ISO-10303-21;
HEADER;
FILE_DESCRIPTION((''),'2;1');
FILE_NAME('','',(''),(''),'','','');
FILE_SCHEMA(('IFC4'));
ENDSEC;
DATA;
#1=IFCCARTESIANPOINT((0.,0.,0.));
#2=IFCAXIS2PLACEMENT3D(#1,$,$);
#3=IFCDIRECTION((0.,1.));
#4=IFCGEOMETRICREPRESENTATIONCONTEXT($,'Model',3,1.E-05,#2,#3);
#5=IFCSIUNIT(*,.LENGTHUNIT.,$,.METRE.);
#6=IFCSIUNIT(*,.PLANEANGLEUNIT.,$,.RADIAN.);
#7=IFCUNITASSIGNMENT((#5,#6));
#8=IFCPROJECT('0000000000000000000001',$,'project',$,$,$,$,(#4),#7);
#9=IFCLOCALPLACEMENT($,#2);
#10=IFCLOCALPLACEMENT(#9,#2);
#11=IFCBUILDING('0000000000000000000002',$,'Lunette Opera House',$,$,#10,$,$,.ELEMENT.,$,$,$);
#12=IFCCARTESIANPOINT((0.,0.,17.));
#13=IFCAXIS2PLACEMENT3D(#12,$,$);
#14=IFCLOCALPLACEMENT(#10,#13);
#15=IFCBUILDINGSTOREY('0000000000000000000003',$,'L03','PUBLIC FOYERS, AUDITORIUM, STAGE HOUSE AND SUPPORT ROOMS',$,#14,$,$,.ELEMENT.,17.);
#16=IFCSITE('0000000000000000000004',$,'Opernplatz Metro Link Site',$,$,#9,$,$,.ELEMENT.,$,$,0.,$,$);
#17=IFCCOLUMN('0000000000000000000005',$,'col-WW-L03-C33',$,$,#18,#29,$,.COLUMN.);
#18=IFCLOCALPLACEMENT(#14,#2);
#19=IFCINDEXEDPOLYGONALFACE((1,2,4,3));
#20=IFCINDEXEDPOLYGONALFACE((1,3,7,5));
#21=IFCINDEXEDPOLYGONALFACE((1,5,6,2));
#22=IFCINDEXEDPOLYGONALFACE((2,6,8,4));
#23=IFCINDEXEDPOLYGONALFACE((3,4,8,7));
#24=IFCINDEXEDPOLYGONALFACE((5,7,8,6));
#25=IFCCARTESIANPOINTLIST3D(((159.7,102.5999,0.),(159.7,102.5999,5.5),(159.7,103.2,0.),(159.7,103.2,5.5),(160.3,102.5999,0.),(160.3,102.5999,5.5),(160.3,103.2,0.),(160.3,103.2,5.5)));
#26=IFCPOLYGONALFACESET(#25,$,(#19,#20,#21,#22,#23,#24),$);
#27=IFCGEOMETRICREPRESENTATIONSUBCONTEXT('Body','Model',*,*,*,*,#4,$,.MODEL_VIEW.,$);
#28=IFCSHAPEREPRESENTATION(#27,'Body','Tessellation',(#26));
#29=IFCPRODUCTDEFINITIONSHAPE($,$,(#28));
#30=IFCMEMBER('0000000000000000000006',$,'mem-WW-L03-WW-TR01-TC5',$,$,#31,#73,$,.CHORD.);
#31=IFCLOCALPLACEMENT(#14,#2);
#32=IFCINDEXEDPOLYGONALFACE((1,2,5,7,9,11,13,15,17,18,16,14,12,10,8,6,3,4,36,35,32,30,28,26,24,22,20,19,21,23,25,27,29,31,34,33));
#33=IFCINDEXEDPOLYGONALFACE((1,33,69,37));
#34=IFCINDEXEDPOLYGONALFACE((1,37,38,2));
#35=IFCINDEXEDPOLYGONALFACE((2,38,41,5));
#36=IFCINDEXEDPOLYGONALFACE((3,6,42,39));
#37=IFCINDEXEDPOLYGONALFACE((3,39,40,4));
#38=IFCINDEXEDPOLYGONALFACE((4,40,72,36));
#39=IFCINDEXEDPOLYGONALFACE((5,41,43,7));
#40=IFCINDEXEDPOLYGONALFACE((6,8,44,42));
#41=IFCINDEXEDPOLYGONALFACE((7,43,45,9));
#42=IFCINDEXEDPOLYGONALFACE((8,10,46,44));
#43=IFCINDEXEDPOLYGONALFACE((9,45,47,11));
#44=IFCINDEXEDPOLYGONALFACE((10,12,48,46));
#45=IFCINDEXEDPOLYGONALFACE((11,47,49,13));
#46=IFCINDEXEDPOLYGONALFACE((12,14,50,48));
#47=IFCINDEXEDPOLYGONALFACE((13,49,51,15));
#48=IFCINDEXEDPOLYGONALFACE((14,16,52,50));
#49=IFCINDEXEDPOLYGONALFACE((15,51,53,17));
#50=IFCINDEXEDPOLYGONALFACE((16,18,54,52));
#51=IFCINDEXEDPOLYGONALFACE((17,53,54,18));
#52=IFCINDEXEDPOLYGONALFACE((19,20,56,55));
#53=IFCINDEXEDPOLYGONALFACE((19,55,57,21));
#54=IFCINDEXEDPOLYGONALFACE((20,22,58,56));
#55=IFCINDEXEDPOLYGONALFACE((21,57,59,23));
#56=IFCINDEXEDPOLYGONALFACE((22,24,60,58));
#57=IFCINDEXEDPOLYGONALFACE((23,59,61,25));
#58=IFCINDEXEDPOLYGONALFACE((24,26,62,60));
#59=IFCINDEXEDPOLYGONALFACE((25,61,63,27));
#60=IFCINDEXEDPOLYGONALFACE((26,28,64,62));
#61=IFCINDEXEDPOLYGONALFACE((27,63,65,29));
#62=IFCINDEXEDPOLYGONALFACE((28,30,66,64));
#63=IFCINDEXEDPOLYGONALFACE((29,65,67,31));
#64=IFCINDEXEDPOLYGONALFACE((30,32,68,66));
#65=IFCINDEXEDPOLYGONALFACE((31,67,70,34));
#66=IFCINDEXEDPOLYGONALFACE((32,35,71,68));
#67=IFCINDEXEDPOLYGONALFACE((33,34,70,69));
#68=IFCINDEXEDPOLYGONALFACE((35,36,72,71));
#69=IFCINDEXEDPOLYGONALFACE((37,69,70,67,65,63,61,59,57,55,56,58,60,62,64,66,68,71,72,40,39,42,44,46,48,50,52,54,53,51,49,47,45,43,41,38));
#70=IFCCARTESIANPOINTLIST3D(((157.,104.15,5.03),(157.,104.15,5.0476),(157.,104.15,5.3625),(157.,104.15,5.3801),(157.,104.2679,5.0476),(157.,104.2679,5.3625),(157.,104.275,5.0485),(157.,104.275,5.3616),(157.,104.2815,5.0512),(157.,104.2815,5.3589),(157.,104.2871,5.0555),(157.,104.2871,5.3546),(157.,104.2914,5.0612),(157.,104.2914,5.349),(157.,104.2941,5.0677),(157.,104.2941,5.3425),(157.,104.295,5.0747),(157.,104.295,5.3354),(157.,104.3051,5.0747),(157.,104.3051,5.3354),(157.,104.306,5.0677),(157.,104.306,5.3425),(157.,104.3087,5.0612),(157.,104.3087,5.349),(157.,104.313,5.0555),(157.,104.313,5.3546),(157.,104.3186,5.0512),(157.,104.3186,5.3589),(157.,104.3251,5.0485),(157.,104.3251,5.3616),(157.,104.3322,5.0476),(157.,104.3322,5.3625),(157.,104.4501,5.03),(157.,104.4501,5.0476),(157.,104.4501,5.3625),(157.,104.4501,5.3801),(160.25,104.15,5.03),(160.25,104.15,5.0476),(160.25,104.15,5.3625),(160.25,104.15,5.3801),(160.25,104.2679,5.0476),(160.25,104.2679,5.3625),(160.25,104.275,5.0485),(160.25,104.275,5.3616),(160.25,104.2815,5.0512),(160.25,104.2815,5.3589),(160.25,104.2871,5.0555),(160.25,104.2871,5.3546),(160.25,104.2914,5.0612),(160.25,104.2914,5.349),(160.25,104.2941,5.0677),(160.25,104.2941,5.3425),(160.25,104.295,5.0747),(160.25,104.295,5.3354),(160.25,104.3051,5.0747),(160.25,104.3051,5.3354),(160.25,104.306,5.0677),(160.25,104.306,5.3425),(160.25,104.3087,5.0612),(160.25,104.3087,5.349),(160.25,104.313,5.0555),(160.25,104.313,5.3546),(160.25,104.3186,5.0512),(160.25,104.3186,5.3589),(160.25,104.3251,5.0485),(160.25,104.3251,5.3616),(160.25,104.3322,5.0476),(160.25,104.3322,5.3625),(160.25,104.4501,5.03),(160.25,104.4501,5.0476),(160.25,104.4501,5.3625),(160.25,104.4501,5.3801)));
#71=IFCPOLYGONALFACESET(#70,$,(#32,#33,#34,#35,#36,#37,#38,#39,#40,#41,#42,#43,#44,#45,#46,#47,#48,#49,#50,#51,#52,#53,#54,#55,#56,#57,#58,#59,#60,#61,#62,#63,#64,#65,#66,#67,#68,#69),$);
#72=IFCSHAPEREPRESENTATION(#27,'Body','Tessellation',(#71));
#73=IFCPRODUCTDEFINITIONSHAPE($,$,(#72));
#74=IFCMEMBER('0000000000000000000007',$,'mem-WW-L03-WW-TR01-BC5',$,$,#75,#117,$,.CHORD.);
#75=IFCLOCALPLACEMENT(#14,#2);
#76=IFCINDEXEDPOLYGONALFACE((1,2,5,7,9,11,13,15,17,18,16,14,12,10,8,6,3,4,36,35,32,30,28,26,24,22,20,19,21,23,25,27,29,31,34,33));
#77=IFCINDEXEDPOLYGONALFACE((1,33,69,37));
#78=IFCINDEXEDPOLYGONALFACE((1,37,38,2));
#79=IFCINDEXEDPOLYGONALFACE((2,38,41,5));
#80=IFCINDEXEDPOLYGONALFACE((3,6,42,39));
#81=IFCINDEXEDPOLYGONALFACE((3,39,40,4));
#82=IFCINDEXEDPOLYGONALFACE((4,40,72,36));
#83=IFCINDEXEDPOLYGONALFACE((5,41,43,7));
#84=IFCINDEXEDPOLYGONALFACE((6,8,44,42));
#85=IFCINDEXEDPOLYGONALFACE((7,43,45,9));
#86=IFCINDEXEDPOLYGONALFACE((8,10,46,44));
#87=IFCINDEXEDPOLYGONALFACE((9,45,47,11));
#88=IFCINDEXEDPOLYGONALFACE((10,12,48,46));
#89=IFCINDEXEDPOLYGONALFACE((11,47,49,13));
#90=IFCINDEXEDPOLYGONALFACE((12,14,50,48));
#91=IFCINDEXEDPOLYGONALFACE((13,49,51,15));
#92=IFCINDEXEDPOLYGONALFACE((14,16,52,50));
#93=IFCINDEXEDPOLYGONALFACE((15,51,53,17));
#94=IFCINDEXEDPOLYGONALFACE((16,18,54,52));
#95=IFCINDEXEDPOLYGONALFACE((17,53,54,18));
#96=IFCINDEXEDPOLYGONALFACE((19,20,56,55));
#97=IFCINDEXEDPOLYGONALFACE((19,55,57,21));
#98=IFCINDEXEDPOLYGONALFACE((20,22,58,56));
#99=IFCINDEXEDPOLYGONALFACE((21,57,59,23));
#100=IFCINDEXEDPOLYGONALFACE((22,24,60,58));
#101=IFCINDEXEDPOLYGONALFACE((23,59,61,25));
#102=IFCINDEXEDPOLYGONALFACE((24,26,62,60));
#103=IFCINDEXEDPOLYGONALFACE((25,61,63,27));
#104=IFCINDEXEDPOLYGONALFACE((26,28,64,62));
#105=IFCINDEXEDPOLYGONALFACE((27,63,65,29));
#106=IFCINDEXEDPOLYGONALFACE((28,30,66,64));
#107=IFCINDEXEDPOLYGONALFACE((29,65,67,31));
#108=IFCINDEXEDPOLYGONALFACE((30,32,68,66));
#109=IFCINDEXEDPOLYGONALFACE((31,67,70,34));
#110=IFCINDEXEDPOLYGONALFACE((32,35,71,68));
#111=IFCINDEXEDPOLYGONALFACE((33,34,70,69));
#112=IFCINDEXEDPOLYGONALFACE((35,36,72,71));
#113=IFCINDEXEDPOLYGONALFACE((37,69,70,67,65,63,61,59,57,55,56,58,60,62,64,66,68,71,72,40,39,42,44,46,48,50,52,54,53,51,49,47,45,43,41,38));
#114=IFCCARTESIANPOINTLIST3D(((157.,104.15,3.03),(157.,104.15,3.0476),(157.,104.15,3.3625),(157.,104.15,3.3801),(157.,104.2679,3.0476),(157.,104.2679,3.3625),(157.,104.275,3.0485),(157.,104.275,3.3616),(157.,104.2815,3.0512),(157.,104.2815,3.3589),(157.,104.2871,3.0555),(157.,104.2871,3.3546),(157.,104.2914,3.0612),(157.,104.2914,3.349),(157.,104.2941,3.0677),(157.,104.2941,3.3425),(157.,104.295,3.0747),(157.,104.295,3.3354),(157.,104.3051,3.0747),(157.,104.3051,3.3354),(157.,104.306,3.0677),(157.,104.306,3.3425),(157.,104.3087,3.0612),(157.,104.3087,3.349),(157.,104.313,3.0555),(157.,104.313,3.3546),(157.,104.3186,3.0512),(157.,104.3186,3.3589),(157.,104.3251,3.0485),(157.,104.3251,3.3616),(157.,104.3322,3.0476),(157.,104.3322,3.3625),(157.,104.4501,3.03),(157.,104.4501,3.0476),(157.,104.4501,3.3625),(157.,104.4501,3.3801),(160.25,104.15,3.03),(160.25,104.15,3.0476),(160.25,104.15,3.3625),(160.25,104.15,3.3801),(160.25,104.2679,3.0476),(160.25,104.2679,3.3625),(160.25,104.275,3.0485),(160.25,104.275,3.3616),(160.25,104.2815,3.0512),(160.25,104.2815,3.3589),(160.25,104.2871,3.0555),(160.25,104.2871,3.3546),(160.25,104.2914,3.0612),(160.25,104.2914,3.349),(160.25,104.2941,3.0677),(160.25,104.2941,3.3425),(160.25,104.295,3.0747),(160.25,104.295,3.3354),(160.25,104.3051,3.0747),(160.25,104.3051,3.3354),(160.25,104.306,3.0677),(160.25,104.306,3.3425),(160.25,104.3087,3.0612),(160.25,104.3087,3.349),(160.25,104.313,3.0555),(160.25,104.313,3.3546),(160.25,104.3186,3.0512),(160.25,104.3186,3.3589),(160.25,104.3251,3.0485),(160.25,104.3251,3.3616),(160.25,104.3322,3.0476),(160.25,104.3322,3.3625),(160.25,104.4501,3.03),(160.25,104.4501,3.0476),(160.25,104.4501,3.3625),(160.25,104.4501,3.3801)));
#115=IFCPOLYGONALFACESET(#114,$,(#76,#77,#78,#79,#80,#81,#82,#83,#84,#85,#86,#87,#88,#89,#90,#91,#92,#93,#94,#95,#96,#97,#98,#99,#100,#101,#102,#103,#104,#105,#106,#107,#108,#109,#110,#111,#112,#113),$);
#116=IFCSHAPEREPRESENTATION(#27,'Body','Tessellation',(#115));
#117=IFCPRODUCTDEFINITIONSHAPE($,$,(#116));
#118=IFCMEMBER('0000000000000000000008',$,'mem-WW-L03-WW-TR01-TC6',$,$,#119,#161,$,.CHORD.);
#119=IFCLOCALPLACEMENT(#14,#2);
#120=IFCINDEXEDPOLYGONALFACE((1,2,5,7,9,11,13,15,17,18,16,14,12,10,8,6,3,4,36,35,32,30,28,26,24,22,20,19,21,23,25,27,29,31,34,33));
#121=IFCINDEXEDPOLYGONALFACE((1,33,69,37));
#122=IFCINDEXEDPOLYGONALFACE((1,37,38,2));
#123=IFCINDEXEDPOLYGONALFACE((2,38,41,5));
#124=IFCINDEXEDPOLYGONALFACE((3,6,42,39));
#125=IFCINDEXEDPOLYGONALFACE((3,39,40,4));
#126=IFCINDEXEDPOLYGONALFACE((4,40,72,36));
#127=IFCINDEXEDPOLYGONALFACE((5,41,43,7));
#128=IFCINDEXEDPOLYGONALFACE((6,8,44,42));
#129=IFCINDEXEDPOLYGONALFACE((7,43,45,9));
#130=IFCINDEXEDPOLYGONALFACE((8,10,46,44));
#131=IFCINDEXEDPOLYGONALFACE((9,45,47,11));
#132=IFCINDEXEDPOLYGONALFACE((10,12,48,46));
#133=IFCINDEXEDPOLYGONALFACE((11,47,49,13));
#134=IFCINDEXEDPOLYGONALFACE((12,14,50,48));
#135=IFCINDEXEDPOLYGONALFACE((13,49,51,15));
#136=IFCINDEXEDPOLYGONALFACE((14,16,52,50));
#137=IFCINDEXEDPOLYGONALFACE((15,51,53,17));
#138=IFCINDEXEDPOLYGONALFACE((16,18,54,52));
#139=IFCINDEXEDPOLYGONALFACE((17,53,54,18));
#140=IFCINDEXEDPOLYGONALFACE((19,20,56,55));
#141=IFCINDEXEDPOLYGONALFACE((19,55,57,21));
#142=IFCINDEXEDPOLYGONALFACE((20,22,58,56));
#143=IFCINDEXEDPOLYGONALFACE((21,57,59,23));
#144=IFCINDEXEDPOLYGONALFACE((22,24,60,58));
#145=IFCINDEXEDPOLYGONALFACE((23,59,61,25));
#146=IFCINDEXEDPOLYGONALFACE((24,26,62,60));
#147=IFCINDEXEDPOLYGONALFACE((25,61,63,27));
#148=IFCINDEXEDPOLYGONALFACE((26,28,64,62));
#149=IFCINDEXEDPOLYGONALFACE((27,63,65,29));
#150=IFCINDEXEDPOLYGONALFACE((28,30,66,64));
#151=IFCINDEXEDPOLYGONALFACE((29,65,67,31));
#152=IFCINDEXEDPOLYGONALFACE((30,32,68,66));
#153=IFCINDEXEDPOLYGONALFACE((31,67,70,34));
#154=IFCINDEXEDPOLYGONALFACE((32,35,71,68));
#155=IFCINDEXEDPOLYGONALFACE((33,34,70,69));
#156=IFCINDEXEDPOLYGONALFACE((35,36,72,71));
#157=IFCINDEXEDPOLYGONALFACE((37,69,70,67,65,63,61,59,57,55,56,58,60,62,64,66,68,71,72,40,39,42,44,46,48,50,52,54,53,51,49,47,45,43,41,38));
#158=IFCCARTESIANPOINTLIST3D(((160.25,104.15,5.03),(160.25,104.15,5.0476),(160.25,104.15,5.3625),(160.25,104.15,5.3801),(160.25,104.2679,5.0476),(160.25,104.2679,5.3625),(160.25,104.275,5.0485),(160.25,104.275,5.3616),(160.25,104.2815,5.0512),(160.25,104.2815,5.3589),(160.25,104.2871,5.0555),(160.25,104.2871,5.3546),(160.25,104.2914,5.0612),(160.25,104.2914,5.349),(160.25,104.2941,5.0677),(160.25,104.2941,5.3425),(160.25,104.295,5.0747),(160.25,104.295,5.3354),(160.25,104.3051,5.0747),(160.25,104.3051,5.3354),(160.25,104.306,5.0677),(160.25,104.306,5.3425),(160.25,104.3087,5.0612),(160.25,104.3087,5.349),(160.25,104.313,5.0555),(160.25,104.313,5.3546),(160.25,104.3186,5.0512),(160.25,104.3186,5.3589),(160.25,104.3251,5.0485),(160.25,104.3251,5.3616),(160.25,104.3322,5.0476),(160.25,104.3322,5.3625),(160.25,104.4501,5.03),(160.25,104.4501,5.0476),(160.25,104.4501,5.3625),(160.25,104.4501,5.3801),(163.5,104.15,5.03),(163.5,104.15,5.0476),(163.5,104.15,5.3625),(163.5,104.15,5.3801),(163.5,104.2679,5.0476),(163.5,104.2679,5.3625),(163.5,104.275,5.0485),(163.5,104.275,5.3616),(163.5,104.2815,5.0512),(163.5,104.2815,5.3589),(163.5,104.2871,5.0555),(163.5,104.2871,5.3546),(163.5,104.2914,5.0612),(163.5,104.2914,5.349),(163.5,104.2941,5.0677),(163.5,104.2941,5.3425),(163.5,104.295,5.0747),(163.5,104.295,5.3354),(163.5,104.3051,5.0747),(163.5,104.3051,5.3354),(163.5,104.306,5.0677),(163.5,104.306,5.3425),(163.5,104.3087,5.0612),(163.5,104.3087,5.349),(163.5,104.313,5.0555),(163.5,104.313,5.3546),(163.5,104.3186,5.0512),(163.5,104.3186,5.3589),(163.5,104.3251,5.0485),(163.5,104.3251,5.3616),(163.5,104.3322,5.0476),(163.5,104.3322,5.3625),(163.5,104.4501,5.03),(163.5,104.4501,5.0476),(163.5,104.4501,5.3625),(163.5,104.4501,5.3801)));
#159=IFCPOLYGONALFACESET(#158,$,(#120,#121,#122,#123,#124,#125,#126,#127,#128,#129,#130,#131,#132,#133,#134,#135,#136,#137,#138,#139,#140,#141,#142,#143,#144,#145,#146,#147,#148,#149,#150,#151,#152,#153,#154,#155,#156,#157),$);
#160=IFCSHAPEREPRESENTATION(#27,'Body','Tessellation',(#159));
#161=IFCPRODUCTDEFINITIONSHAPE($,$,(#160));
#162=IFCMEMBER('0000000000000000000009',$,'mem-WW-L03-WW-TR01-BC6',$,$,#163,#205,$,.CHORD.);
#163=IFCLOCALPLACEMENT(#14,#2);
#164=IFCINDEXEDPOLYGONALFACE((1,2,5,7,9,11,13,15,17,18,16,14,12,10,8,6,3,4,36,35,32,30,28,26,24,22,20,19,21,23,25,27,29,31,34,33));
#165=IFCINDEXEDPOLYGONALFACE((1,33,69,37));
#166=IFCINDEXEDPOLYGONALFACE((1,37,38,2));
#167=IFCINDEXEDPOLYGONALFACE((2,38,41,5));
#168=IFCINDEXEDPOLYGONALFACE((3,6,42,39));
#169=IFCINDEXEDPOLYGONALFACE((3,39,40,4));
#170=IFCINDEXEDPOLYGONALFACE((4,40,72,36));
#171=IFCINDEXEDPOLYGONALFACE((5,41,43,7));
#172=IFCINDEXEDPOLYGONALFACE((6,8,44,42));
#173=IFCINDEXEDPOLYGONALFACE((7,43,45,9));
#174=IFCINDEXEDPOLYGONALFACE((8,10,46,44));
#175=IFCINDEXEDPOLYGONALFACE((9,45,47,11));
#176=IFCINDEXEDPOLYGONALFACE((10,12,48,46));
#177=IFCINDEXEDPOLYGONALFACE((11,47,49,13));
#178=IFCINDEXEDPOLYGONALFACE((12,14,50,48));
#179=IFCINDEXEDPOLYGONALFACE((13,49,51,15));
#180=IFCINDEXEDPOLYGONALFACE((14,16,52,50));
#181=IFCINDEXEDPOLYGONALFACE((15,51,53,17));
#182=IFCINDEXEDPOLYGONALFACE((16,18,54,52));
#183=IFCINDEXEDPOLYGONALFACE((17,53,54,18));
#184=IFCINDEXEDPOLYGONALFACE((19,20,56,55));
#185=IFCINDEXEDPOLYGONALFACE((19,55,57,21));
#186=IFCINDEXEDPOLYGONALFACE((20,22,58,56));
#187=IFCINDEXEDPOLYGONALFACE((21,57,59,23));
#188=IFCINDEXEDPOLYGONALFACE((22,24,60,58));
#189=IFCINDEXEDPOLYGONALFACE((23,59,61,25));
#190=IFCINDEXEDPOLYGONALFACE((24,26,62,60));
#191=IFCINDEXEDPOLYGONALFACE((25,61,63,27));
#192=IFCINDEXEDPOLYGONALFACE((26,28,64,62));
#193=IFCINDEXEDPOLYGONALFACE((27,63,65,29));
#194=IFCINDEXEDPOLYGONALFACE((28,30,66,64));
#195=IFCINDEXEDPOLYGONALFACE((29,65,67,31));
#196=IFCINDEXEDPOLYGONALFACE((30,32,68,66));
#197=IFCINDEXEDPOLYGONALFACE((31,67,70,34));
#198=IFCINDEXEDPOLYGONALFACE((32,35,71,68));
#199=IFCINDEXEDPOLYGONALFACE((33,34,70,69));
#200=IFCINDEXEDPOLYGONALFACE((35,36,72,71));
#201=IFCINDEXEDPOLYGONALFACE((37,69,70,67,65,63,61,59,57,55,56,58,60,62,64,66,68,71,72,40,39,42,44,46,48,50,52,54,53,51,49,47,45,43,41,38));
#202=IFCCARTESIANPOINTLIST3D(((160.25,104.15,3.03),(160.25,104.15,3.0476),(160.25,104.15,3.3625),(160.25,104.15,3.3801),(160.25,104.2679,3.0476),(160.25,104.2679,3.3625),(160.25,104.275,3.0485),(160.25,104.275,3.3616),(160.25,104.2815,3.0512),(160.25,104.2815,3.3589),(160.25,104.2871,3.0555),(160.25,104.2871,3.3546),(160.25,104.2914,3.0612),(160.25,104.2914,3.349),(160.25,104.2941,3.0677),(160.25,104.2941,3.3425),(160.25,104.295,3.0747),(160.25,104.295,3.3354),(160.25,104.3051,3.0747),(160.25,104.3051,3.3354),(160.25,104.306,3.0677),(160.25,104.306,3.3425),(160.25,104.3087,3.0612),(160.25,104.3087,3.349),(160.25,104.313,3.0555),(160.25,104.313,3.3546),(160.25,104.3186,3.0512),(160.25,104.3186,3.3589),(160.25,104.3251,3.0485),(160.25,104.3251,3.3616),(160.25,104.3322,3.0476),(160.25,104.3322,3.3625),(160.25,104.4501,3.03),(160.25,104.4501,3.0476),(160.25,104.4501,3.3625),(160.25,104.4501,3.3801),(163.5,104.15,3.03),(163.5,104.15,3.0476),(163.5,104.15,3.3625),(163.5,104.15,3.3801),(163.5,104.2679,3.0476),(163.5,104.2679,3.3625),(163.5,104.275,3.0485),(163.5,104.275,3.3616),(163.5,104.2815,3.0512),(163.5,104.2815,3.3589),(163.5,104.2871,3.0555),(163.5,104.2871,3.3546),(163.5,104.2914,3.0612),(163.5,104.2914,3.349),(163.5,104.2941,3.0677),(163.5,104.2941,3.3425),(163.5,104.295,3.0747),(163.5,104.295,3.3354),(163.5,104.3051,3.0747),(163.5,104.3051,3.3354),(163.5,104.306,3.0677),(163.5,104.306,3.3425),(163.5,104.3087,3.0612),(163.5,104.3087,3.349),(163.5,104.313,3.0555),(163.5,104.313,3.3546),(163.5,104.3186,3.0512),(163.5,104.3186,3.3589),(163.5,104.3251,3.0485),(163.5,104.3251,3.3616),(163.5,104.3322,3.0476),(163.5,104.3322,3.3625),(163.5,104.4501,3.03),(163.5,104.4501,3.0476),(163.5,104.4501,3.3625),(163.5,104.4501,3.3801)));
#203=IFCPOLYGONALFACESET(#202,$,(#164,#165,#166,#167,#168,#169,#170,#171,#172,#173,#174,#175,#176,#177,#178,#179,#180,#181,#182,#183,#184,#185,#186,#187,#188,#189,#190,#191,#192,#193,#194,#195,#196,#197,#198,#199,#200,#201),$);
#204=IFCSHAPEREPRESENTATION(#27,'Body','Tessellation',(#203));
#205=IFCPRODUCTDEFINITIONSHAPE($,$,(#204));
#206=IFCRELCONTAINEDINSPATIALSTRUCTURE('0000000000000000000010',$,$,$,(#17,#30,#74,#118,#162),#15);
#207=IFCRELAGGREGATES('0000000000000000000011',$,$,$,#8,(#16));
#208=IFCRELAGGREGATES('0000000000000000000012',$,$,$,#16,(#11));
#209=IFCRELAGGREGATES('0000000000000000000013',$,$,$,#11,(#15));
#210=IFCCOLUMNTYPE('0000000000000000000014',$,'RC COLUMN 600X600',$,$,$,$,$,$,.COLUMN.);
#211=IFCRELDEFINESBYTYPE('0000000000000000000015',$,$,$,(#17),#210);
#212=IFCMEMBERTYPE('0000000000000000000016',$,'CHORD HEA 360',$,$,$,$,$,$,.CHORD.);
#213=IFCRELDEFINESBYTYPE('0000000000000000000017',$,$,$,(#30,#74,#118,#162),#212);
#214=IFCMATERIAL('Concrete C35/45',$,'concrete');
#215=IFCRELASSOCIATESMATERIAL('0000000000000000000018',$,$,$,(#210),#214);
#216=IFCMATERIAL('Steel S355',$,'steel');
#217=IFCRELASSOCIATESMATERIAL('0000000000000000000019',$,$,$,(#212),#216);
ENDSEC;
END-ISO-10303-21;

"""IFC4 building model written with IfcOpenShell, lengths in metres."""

from ifc_helpers import new_model, si_unit, direction, frame, origin, origin_2d, place, context, subcontext, project, spatial, rectangle, i_section, extrude, material, material_profile, profile_set, type_object, element, save


model = new_model("IFC4")

# Units and contexts
model_context = context("Model", 3, precision=1e-05, world=origin(), true_north=direction((0.0, 1.0)))
body_context = subcontext(model_context, "Body", "Model", "MODEL_VIEW")
ifc_project = project(units=[si_unit("LENGTHUNIT", "METRE"), si_unit("PLANEANGLEUNIT", "RADIAN")], contexts=[model_context])

# Site, building, storey
site_placement = place(None, origin())
site = spatial("IfcSite", under=ifc_project, at=site_placement, Name="Opernplatz Metro Link Site", CompositionType="ELEMENT", RefElevation=0.0)
building_placement = place(site_placement, origin())
building = spatial("IfcBuilding", under=site, at=building_placement, Name="Lunette Opera House", CompositionType="ELEMENT")
storey_placement = place(building_placement, frame((0.0, 0.0, 17.0)))
storey = spatial("IfcBuildingStorey", under=building, at=storey_placement, Name="L03", Description="PUBLIC FOYERS, AUDITORIUM, STAGE HOUSE AND SUPPORT ROOMS", CompositionType="ELEMENT", Elevation=17.0)

# Column
ifc_material_1 = material(Name="Concrete C35/45", Category="concrete")
ifc_material_profile_1 = material_profile(ifc_material_1, rectangle(XDim=0.6001, YDim=0.6001, at=origin_2d()), Name="RC COLUMN 600X600")
ifc_profile_set_1 = profile_set([ifc_material_profile_1], Name="Concrete C35/45")
column_type = type_object("IfcColumnType", Name="RC COLUMN 600X600", PredefinedType="COLUMN", material=ifc_profile_set_1)
column_placement = place(storey_placement, frame((160.0, 102.8999, 0.0), z_axis=(0.0, 0.0, 1.0), x_axis=(1.0, 0.0, 0.0)))
element("IfcColumn", 1, at=column_placement, inside=storey, type_object=column_type, Name="col-WW-L03-C33", PredefinedType="COLUMN", context=body_context, shape_type="SweptSolid", body=[
    extrude(rectangle(XDim=0.6001, YDim=0.6001, at=origin_2d()), origin(), (0.0, 0.0, 1.0), 5.5),
])

# Members
ifc_material_2 = material(Name="Steel S355", Category="steel")
ifc_material_profile_2 = material_profile(ifc_material_2, i_section(OverallWidth=0.3, OverallDepth=0.3501, WebThickness=0.01, FlangeThickness=0.0176, FilletRadius=0.0271, at=origin_2d()), Name="HEA 360")
ifc_profile_set_2 = profile_set([ifc_material_profile_2], Name="Steel S355")
member_type_1 = type_object("IfcMemberType", Name="CHORD HEA 360", PredefinedType="CHORD", material=ifc_profile_set_2)
for number, where, z_axis, x_axis, name in (
    (2, (157.0, 104.3, 5.2051), (1.0, 0.0, 0.0), (0.0, 1.0, 0.0), "mem-WW-L03-WW-TR01-TC5"),
    (3, (157.0, 104.3, 3.2051), (1.0, 0.0, 0.0), (0.0, 1.0, 0.0), "mem-WW-L03-WW-TR01-BC5"),
    (4, (160.25, 104.3, 5.2051), (1.0, 0.0, 0.0), (0.0, 1.0, 0.0), "mem-WW-L03-WW-TR01-TC6"),
    (5, (160.25, 104.3, 3.2051), (1.0, 0.0, 0.0), (0.0, 1.0, 0.0), "mem-WW-L03-WW-TR01-BC6"),
):
    element("IfcMember", number, at=place(storey_placement, frame(where, z_axis=z_axis, x_axis=x_axis)), inside=storey, type_object=member_type_1, Name=name, PredefinedType="CHORD", context=body_context, shape_type="SweptSolid", body=[
        extrude(i_section(OverallWidth=0.3, OverallDepth=0.3501, WebThickness=0.01, FlangeThickness=0.0176, FilletRadius=0.0271, at=origin_2d()), origin(), (0.0, 0.0, 1.0), 3.25),
    ])

save(model, "model.ifc")
